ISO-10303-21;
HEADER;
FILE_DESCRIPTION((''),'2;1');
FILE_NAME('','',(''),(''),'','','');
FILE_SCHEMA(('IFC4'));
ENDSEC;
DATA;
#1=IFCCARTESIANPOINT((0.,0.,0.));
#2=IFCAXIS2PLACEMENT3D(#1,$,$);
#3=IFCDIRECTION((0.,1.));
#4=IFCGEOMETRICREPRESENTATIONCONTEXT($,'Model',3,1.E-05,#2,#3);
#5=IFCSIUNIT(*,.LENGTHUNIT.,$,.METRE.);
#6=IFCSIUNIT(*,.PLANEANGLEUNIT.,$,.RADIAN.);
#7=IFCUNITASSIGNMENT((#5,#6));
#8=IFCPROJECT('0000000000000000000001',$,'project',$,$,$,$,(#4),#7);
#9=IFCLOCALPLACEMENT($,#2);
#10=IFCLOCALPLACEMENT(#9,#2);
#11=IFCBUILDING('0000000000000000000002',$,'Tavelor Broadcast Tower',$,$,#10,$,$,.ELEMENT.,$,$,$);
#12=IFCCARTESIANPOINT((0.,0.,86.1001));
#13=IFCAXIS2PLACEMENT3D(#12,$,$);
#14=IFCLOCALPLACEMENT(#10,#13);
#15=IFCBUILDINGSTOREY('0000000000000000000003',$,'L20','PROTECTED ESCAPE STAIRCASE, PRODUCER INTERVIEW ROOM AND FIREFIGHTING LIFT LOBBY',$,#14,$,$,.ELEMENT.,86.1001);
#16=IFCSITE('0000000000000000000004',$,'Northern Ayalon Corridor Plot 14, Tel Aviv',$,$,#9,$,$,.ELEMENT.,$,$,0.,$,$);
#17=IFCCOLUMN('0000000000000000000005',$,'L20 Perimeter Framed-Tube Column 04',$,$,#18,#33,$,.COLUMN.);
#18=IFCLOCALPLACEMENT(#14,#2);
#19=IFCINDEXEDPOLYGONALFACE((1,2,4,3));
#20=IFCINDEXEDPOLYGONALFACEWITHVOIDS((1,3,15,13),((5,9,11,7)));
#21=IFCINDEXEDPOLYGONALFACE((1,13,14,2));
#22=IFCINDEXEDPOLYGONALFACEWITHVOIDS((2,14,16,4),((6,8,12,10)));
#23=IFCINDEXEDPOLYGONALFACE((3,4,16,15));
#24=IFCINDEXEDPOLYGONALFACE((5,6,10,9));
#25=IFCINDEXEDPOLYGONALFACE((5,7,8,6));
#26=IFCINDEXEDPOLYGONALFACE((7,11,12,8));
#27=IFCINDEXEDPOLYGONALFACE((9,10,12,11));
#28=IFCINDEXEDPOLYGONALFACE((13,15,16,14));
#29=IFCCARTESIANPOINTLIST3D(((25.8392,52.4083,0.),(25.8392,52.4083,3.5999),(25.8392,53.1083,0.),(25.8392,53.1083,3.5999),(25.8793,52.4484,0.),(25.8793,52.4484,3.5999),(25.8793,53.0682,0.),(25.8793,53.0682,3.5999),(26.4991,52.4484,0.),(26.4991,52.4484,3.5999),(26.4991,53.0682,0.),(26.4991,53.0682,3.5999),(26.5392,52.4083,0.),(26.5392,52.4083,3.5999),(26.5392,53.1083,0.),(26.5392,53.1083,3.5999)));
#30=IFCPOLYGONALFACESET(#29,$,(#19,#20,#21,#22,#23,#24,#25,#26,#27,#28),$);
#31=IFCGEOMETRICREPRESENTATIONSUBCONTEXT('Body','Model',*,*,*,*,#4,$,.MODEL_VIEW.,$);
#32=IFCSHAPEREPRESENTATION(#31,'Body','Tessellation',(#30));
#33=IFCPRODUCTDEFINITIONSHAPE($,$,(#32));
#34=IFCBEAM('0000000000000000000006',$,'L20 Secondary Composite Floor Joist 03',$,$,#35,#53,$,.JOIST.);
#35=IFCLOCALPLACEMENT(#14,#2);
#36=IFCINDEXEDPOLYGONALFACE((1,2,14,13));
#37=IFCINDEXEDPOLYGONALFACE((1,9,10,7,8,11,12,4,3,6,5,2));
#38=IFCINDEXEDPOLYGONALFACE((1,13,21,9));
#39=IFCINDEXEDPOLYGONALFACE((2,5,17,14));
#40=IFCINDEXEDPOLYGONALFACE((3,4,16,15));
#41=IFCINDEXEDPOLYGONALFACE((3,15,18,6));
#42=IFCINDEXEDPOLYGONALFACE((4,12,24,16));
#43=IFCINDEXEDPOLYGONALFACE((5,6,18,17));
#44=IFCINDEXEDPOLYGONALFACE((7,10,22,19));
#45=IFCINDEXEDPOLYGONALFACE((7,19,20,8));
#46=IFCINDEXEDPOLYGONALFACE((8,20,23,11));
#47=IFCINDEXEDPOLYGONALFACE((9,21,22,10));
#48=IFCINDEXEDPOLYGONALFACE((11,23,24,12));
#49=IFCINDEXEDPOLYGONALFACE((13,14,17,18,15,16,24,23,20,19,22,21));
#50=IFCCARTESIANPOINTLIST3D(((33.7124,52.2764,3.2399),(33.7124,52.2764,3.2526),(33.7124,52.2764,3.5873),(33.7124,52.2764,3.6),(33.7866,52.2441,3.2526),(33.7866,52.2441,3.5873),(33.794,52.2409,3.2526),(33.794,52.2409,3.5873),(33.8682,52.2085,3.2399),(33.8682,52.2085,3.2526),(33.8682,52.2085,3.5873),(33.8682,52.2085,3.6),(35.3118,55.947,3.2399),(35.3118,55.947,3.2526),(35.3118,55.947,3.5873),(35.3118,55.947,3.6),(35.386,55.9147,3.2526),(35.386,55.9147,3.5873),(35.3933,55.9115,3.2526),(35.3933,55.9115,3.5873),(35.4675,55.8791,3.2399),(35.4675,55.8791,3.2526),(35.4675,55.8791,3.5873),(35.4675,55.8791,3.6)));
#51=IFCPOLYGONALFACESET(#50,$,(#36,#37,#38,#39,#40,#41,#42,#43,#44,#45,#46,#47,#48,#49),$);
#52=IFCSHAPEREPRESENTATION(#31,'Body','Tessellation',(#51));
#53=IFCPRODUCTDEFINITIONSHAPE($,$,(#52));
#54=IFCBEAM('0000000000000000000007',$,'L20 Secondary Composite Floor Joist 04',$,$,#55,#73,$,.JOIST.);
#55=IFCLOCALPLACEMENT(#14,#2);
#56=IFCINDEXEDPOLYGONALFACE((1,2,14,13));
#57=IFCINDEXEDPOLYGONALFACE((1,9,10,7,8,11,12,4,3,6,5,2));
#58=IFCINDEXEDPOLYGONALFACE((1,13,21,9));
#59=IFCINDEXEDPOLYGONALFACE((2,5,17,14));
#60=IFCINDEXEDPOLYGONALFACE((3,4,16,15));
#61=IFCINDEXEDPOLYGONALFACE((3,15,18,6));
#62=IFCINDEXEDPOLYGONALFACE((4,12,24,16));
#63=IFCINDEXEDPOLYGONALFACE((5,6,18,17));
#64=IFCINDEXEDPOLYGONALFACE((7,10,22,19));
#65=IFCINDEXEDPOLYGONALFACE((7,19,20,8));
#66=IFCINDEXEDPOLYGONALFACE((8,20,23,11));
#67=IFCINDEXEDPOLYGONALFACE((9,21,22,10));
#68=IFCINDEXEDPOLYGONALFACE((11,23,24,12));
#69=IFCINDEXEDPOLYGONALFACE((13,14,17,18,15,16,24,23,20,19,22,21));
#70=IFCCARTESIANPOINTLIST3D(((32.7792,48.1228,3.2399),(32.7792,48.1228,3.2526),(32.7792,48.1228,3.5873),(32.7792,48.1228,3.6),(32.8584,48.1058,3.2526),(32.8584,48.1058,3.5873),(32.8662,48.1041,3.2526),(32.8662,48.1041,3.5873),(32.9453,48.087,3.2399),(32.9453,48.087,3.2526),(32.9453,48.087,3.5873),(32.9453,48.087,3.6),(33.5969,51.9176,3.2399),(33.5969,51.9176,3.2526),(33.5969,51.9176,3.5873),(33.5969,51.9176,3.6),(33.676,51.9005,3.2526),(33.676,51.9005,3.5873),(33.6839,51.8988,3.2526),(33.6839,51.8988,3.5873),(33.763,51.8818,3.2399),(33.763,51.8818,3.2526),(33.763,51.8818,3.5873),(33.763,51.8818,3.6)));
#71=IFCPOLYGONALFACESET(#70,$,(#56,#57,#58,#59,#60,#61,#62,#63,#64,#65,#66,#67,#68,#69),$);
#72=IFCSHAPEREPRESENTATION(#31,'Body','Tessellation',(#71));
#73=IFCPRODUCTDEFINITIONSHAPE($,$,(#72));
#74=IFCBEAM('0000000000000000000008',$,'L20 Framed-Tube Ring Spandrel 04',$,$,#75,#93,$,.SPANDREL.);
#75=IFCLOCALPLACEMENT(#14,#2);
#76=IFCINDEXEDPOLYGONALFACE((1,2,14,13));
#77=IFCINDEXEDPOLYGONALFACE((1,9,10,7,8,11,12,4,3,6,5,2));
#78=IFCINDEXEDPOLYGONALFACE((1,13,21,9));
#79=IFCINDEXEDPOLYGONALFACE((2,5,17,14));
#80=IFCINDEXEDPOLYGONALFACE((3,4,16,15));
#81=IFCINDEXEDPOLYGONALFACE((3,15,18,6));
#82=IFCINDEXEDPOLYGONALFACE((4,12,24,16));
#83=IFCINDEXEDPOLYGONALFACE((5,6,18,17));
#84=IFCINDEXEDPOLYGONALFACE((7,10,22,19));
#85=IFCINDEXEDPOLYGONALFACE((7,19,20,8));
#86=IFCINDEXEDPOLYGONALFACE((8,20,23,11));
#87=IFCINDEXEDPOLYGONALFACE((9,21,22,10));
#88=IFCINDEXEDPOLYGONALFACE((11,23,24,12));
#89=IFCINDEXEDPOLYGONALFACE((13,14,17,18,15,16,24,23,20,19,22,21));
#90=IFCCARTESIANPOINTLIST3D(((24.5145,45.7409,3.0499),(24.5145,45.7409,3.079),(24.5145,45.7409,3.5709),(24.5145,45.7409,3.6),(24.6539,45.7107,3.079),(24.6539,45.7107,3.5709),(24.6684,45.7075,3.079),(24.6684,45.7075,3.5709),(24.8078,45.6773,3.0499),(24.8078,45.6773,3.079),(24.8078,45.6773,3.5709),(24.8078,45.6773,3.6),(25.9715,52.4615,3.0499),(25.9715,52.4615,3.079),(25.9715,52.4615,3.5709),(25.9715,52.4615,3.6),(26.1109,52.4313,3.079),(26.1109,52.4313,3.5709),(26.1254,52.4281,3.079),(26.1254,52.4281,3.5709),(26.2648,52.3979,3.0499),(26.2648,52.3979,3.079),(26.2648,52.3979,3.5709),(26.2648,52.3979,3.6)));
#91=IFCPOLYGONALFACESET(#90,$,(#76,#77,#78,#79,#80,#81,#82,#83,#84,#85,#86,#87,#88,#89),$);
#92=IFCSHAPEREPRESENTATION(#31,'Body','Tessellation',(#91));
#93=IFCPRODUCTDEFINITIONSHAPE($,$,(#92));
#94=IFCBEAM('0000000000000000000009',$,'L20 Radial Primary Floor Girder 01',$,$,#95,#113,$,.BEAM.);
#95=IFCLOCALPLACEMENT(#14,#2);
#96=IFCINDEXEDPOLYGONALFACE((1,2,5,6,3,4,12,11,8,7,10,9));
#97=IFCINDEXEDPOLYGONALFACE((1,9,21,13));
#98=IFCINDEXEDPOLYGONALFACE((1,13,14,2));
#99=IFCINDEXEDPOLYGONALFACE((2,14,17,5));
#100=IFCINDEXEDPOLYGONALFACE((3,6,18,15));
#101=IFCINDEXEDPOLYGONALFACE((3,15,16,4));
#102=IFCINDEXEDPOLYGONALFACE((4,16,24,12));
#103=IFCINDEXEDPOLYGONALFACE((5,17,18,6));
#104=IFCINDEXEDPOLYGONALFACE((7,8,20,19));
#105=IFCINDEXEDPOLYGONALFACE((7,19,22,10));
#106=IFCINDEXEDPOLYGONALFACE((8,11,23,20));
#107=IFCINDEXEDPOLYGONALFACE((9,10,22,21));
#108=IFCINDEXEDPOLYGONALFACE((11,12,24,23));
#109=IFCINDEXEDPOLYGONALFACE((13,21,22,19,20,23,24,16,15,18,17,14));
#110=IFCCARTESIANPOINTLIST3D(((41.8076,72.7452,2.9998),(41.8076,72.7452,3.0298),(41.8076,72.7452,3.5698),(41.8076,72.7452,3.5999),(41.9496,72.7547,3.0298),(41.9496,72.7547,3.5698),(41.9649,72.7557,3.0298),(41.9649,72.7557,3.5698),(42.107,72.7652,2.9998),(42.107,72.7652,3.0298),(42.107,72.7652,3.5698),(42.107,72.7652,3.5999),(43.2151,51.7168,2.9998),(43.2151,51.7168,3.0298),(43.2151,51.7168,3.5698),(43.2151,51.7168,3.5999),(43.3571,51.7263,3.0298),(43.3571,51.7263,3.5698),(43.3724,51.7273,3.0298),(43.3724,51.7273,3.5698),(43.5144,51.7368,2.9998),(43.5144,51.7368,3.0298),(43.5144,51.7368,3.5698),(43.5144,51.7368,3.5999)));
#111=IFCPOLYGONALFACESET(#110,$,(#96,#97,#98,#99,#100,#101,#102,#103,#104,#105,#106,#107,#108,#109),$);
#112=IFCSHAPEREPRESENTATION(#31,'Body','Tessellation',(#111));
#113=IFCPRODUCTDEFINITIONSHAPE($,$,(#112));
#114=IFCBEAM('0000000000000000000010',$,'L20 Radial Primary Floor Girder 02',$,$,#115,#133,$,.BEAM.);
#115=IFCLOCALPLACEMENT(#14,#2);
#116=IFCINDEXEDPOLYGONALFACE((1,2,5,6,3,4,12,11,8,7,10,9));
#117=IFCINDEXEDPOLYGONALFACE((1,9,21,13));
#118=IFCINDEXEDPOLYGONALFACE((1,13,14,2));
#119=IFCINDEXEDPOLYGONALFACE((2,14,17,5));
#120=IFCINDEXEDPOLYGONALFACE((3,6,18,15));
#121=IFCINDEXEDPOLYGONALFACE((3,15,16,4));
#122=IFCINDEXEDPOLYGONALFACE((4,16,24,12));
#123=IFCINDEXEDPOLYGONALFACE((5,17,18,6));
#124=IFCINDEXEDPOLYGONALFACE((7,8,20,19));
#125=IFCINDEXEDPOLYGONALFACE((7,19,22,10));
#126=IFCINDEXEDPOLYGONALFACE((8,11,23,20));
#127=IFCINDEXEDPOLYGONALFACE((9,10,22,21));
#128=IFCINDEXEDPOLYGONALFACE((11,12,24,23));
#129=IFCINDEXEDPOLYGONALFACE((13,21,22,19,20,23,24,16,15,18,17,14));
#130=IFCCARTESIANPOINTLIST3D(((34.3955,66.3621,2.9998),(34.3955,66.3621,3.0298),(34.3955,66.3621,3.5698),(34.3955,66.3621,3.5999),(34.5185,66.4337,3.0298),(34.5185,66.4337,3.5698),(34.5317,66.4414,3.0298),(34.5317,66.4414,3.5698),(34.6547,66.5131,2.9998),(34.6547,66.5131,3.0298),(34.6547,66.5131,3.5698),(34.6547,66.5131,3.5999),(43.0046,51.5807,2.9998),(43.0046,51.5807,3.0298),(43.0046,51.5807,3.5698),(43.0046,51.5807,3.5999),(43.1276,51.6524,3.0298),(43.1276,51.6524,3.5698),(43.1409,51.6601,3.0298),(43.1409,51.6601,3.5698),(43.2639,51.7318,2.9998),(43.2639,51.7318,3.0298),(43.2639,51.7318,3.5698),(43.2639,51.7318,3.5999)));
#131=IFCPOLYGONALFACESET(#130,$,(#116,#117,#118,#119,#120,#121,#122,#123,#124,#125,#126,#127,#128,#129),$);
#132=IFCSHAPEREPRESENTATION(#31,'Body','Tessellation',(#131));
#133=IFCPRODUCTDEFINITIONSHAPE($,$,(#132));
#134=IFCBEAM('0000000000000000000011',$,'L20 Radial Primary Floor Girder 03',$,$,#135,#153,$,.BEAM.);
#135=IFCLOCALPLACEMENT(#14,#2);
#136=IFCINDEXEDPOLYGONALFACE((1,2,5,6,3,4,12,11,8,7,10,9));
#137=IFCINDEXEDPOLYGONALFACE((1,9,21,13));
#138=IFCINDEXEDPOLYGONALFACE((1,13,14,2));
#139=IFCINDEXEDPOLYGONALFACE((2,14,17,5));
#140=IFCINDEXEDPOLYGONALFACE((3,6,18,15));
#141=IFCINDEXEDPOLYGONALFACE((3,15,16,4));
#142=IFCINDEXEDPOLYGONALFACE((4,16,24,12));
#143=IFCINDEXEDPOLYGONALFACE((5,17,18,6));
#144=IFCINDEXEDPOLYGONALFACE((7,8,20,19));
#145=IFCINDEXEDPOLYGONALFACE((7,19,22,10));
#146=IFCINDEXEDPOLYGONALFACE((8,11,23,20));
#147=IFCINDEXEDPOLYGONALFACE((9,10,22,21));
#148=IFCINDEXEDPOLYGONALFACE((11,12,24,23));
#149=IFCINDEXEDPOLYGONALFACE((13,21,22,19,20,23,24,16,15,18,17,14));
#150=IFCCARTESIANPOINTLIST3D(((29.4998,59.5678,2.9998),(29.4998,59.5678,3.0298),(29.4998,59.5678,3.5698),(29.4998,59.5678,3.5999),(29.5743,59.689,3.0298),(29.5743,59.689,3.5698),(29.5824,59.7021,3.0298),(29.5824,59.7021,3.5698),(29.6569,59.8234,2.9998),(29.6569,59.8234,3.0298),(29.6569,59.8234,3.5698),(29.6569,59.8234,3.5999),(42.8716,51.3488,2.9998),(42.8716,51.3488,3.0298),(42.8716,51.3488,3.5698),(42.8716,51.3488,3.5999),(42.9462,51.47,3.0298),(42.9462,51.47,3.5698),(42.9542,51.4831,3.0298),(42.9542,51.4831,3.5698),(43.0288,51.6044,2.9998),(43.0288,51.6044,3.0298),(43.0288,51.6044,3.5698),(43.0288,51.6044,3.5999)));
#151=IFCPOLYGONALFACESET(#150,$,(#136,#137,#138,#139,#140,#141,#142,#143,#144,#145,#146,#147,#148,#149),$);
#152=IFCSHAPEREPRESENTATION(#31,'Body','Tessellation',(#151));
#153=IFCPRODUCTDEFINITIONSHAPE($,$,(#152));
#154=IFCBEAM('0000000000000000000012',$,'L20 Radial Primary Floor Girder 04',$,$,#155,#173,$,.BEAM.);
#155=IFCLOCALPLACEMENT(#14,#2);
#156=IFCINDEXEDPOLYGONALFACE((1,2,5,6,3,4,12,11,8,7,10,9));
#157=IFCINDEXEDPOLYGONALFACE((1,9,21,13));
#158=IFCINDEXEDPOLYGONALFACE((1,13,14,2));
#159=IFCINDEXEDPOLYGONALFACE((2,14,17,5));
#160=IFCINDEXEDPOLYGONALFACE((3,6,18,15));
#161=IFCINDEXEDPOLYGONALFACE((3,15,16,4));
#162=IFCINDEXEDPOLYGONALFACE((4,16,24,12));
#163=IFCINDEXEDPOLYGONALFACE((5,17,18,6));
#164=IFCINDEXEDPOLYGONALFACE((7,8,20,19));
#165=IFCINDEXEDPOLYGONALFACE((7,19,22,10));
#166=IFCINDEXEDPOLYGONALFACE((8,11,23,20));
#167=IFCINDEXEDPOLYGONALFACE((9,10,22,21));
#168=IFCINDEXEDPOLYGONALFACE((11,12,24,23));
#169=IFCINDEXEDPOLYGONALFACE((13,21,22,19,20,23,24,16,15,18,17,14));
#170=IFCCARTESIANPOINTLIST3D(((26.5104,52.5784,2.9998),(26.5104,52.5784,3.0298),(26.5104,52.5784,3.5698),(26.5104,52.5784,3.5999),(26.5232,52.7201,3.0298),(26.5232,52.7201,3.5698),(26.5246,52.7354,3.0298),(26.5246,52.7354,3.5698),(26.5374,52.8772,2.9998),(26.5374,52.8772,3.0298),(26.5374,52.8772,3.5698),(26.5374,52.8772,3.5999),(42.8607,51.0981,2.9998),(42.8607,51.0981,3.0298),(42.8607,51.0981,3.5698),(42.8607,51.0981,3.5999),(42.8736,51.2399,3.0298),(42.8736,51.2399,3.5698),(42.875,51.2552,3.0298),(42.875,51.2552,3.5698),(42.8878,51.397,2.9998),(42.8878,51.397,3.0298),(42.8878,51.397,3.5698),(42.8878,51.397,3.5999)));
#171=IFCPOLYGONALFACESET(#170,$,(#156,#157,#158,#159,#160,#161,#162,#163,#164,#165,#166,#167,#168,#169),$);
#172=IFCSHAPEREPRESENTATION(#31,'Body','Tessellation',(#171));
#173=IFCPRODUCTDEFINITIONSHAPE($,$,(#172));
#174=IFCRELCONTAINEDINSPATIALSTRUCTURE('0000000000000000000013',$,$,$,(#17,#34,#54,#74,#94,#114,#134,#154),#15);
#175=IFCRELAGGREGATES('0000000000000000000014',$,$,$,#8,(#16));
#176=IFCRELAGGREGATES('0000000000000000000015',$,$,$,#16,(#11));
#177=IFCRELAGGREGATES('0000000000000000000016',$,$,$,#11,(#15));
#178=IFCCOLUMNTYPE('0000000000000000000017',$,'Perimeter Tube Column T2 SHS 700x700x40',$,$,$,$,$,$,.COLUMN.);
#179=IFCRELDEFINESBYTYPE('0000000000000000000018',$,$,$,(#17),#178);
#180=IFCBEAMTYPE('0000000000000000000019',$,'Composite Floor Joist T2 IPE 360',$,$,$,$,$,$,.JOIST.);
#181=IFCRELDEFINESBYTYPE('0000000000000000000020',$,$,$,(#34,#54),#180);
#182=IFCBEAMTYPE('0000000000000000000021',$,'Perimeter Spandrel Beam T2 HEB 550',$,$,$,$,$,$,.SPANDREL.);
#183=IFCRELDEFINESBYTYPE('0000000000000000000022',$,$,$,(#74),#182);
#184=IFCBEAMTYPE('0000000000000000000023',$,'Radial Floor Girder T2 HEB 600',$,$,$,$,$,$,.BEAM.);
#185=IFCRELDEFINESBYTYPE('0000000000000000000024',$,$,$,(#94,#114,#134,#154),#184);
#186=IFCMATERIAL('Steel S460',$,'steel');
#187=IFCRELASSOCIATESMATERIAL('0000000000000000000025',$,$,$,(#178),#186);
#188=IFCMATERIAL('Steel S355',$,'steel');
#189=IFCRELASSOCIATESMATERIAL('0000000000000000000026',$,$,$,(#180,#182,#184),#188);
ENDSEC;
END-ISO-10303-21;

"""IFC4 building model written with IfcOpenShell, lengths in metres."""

from ifc_helpers import new_model, si_unit, direction, frame, origin, origin_2d, place, context, subcontext, project, spatial, hollow_rectangle, i_section, extrude, material, material_profile, profile_set, type_object, element, save


model = new_model("IFC4")

# Units and contexts
model_context = context("Model", 3, precision=1e-05, world=origin(), true_north=direction((0.0, 1.0)))
body_context = subcontext(model_context, "Body", "Model", "MODEL_VIEW")
ifc_project = project(units=[si_unit("LENGTHUNIT", "METRE"), si_unit("PLANEANGLEUNIT", "RADIAN")], contexts=[model_context])

# Site, building, storey
site_placement = place(None, origin())
site = spatial("IfcSite", under=ifc_project, at=site_placement, Name="Northern Ayalon Corridor Plot 14, Tel Aviv", CompositionType="ELEMENT", RefElevation=0.0)
building_placement = place(site_placement, origin())
building = spatial("IfcBuilding", under=site, at=building_placement, Name="Tavelor Broadcast Tower", CompositionType="ELEMENT")
storey_placement = place(building_placement, frame((0.0, 0.0, 86.1001)))
storey = spatial("IfcBuildingStorey", under=building, at=storey_placement, Name="L20", Description="PROTECTED ESCAPE STAIRCASE, PRODUCER INTERVIEW ROOM AND FIREFIGHTING LIFT LOBBY", CompositionType="ELEMENT", Elevation=86.1001)

# Column
ifc_material_1 = material(Name="Steel S460", Category="steel")
ifc_material_profile_1 = material_profile(ifc_material_1, hollow_rectangle(XDim=0.7, YDim=0.7, WallThickness=0.04, at=origin_2d()), Name="SHS 700x700x40")
ifc_profile_set_1 = profile_set([ifc_material_profile_1], Name="Steel S460")
column_type = type_object("IfcColumnType", Name="Perimeter Tube Column T2 SHS 700x700x40", PredefinedType="COLUMN", material=ifc_profile_set_1)
column_placement = place(storey_placement, frame((26.1892, 52.7583, 0.0), z_axis=(0.0, 0.0, 1.0), x_axis=(1.0, 0.0, 0.0)))
element("IfcColumn", 1, at=column_placement, inside=storey, type_object=column_type, Name="L20 Perimeter Framed-Tube Column 04", PredefinedType="COLUMN", context=body_context, shape_type="SweptSolid", body=[
    extrude(hollow_rectangle(XDim=0.7, YDim=0.7, WallThickness=0.04, at=origin_2d()), origin(), (0.0, 0.0, 1.0), 3.5999),
])

# Beams
ifc_material_2 = material(Name="Steel S355", Category="steel")
ifc_material_profile_2 = material_profile(ifc_material_2, i_section(OverallWidth=0.1699, OverallDepth=0.3601, WebThickness=0.0081, FlangeThickness=0.0127, at=origin_2d()), Name="IPE 360")
ifc_profile_set_2 = profile_set([ifc_material_profile_2], Name="Steel S355")
beam_type_1 = type_object("IfcBeamType", Name="Composite Floor Joist T2 IPE 360", PredefinedType="JOIST", material=ifc_profile_set_2)
beam_1_placement = place(storey_placement, frame((35.3896, 55.9131, 3.4199), z_axis=(-0.399446, -0.916757, 0.0), x_axis=(0.916757, -0.399446, 0.0)))
element("IfcBeam", 2, at=beam_1_placement, inside=storey, type_object=beam_type_1, Name="L20 Secondary Composite Floor Joist 03", PredefinedType="JOIST", context=body_context, shape_type="SweptSolid", body=[
    extrude(i_section(OverallWidth=0.1699, OverallDepth=0.3601, WebThickness=0.0081, FlangeThickness=0.0127, at=origin_2d()), origin(), (0.0, 0.0, 1.0), 4.0039),
])
beam_2_placement = place(storey_placement, frame((33.6799, 51.8997, 3.4199), z_axis=(-0.210633, -0.977565, 0.0), x_axis=(0.977565, -0.210633, 0.0)))
element("IfcBeam", 3, at=beam_2_placement, inside=storey, type_object=beam_type_1, Name="L20 Secondary Composite Floor Joist 04", PredefinedType="JOIST", context=body_context, shape_type="SweptSolid", body=[
    extrude(i_section(OverallWidth=0.1699, OverallDepth=0.3601, WebThickness=0.0081, FlangeThickness=0.0127, at=origin_2d()), origin(), (0.0, 0.0, 1.0), 3.8818),
])
ifc_material_profile_3 = material_profile(ifc_material_2, i_section(OverallWidth=0.3, OverallDepth=0.55, WebThickness=0.0149, FlangeThickness=0.0291, at=origin_2d()), Name="HEB 550")
ifc_profile_set_3 = profile_set([ifc_material_profile_3], Name="Steel S355")
beam_type_2 = type_object("IfcBeamType", Name="Perimeter Spandrel Beam T2 HEB 550", PredefinedType="SPANDREL", material=ifc_profile_set_3)
beam_3_placement = place(storey_placement, frame((26.1182, 52.4297, 3.325), z_axis=(-0.211875, -0.977297, 0.0), x_axis=(0.977297, -0.211875, 0.0)))
element("IfcBeam", 4, at=beam_3_placement, inside=storey, type_object=beam_type_2, Name="L20 Framed-Tube Ring Spandrel 04", PredefinedType="SPANDREL", context=body_context, shape_type="SweptSolid", body=[
    extrude(i_section(OverallWidth=0.3, OverallDepth=0.55, WebThickness=0.0149, FlangeThickness=0.0291, at=origin_2d()), origin(), (0.0, 0.0, 1.0), 6.8767),
])
ifc_material_profile_4 = material_profile(ifc_material_2, i_section(OverallWidth=0.3, OverallDepth=0.6001, WebThickness=0.0154, FlangeThickness=0.03, at=origin_2d()), Name="HEB 600")
ifc_profile_set_4 = profile_set([ifc_material_profile_4], Name="Steel S355")
beam_type_3 = type_object("IfcBeamType", Name="Radial Floor Girder T2 HEB 600", PredefinedType="BEAM", material=ifc_profile_set_4)
beam_4_placement = place(storey_placement, frame((43.3647, 51.7268, 3.2998), z_axis=(-0.066783, 0.997768, 0.0), x_axis=(-0.997768, -0.066783, 0.0)))
element("IfcBeam", 5, at=beam_4_placement, inside=storey, type_object=beam_type_3, Name="L20 Radial Primary Floor Girder 01", PredefinedType="BEAM", context=body_context, shape_type="SweptSolid", body=[
    extrude(i_section(OverallWidth=0.3, OverallDepth=0.6001, WebThickness=0.0154, FlangeThickness=0.03, at=origin_2d()), origin(), (0.0, 0.0, 1.0), 21.0754),
])
beam_5_placement = place(storey_placement, frame((43.1343, 51.6562, 3.2998), z_axis=(-0.503292, 0.864116, 0.0), x_axis=(-0.864116, -0.503292, 0.0)))
element("IfcBeam", 6, at=beam_5_placement, inside=storey, type_object=beam_type_3, Name="L20 Radial Primary Floor Girder 02", PredefinedType="BEAM", context=body_context, shape_type="SweptSolid", body=[
    extrude(i_section(OverallWidth=0.3, OverallDepth=0.6001, WebThickness=0.0154, FlangeThickness=0.03, at=origin_2d()), origin(), (0.0, 0.0, 1.0), 17.1057),
])
beam_6_placement = place(storey_placement, frame((42.9502, 51.4766, 3.2998), z_axis=(-0.851938, 0.523643, 0.0), x_axis=(-0.523643, -0.851938, 0.0)))
element("IfcBeam", 7, at=beam_6_placement, inside=storey, type_object=beam_type_3, Name="L20 Radial Primary Floor Girder 03", PredefinedType="BEAM", context=body_context, shape_type="SweptSolid", body=[
    extrude(i_section(OverallWidth=0.3, OverallDepth=0.6001, WebThickness=0.0154, FlangeThickness=0.03, at=origin_2d()), origin(), (0.0, 0.0, 1.0), 15.6958),
])
beam_7_placement = place(storey_placement, frame((42.8743, 51.2476, 3.2998), z_axis=(-0.995927, 0.090163, 0.0), x_axis=(-0.090163, -0.995927, 0.0)))
element("IfcBeam", 8, at=beam_7_placement, inside=storey, type_object=beam_type_3, Name="L20 Radial Primary Floor Girder 04", PredefinedType="BEAM", context=body_context, shape_type="SweptSolid", body=[
    extrude(i_section(OverallWidth=0.3, OverallDepth=0.6001, WebThickness=0.0154, FlangeThickness=0.03, at=origin_2d()), origin(), (0.0, 0.0, 1.0), 16.4172),
])

save(model, "model.ifc")
